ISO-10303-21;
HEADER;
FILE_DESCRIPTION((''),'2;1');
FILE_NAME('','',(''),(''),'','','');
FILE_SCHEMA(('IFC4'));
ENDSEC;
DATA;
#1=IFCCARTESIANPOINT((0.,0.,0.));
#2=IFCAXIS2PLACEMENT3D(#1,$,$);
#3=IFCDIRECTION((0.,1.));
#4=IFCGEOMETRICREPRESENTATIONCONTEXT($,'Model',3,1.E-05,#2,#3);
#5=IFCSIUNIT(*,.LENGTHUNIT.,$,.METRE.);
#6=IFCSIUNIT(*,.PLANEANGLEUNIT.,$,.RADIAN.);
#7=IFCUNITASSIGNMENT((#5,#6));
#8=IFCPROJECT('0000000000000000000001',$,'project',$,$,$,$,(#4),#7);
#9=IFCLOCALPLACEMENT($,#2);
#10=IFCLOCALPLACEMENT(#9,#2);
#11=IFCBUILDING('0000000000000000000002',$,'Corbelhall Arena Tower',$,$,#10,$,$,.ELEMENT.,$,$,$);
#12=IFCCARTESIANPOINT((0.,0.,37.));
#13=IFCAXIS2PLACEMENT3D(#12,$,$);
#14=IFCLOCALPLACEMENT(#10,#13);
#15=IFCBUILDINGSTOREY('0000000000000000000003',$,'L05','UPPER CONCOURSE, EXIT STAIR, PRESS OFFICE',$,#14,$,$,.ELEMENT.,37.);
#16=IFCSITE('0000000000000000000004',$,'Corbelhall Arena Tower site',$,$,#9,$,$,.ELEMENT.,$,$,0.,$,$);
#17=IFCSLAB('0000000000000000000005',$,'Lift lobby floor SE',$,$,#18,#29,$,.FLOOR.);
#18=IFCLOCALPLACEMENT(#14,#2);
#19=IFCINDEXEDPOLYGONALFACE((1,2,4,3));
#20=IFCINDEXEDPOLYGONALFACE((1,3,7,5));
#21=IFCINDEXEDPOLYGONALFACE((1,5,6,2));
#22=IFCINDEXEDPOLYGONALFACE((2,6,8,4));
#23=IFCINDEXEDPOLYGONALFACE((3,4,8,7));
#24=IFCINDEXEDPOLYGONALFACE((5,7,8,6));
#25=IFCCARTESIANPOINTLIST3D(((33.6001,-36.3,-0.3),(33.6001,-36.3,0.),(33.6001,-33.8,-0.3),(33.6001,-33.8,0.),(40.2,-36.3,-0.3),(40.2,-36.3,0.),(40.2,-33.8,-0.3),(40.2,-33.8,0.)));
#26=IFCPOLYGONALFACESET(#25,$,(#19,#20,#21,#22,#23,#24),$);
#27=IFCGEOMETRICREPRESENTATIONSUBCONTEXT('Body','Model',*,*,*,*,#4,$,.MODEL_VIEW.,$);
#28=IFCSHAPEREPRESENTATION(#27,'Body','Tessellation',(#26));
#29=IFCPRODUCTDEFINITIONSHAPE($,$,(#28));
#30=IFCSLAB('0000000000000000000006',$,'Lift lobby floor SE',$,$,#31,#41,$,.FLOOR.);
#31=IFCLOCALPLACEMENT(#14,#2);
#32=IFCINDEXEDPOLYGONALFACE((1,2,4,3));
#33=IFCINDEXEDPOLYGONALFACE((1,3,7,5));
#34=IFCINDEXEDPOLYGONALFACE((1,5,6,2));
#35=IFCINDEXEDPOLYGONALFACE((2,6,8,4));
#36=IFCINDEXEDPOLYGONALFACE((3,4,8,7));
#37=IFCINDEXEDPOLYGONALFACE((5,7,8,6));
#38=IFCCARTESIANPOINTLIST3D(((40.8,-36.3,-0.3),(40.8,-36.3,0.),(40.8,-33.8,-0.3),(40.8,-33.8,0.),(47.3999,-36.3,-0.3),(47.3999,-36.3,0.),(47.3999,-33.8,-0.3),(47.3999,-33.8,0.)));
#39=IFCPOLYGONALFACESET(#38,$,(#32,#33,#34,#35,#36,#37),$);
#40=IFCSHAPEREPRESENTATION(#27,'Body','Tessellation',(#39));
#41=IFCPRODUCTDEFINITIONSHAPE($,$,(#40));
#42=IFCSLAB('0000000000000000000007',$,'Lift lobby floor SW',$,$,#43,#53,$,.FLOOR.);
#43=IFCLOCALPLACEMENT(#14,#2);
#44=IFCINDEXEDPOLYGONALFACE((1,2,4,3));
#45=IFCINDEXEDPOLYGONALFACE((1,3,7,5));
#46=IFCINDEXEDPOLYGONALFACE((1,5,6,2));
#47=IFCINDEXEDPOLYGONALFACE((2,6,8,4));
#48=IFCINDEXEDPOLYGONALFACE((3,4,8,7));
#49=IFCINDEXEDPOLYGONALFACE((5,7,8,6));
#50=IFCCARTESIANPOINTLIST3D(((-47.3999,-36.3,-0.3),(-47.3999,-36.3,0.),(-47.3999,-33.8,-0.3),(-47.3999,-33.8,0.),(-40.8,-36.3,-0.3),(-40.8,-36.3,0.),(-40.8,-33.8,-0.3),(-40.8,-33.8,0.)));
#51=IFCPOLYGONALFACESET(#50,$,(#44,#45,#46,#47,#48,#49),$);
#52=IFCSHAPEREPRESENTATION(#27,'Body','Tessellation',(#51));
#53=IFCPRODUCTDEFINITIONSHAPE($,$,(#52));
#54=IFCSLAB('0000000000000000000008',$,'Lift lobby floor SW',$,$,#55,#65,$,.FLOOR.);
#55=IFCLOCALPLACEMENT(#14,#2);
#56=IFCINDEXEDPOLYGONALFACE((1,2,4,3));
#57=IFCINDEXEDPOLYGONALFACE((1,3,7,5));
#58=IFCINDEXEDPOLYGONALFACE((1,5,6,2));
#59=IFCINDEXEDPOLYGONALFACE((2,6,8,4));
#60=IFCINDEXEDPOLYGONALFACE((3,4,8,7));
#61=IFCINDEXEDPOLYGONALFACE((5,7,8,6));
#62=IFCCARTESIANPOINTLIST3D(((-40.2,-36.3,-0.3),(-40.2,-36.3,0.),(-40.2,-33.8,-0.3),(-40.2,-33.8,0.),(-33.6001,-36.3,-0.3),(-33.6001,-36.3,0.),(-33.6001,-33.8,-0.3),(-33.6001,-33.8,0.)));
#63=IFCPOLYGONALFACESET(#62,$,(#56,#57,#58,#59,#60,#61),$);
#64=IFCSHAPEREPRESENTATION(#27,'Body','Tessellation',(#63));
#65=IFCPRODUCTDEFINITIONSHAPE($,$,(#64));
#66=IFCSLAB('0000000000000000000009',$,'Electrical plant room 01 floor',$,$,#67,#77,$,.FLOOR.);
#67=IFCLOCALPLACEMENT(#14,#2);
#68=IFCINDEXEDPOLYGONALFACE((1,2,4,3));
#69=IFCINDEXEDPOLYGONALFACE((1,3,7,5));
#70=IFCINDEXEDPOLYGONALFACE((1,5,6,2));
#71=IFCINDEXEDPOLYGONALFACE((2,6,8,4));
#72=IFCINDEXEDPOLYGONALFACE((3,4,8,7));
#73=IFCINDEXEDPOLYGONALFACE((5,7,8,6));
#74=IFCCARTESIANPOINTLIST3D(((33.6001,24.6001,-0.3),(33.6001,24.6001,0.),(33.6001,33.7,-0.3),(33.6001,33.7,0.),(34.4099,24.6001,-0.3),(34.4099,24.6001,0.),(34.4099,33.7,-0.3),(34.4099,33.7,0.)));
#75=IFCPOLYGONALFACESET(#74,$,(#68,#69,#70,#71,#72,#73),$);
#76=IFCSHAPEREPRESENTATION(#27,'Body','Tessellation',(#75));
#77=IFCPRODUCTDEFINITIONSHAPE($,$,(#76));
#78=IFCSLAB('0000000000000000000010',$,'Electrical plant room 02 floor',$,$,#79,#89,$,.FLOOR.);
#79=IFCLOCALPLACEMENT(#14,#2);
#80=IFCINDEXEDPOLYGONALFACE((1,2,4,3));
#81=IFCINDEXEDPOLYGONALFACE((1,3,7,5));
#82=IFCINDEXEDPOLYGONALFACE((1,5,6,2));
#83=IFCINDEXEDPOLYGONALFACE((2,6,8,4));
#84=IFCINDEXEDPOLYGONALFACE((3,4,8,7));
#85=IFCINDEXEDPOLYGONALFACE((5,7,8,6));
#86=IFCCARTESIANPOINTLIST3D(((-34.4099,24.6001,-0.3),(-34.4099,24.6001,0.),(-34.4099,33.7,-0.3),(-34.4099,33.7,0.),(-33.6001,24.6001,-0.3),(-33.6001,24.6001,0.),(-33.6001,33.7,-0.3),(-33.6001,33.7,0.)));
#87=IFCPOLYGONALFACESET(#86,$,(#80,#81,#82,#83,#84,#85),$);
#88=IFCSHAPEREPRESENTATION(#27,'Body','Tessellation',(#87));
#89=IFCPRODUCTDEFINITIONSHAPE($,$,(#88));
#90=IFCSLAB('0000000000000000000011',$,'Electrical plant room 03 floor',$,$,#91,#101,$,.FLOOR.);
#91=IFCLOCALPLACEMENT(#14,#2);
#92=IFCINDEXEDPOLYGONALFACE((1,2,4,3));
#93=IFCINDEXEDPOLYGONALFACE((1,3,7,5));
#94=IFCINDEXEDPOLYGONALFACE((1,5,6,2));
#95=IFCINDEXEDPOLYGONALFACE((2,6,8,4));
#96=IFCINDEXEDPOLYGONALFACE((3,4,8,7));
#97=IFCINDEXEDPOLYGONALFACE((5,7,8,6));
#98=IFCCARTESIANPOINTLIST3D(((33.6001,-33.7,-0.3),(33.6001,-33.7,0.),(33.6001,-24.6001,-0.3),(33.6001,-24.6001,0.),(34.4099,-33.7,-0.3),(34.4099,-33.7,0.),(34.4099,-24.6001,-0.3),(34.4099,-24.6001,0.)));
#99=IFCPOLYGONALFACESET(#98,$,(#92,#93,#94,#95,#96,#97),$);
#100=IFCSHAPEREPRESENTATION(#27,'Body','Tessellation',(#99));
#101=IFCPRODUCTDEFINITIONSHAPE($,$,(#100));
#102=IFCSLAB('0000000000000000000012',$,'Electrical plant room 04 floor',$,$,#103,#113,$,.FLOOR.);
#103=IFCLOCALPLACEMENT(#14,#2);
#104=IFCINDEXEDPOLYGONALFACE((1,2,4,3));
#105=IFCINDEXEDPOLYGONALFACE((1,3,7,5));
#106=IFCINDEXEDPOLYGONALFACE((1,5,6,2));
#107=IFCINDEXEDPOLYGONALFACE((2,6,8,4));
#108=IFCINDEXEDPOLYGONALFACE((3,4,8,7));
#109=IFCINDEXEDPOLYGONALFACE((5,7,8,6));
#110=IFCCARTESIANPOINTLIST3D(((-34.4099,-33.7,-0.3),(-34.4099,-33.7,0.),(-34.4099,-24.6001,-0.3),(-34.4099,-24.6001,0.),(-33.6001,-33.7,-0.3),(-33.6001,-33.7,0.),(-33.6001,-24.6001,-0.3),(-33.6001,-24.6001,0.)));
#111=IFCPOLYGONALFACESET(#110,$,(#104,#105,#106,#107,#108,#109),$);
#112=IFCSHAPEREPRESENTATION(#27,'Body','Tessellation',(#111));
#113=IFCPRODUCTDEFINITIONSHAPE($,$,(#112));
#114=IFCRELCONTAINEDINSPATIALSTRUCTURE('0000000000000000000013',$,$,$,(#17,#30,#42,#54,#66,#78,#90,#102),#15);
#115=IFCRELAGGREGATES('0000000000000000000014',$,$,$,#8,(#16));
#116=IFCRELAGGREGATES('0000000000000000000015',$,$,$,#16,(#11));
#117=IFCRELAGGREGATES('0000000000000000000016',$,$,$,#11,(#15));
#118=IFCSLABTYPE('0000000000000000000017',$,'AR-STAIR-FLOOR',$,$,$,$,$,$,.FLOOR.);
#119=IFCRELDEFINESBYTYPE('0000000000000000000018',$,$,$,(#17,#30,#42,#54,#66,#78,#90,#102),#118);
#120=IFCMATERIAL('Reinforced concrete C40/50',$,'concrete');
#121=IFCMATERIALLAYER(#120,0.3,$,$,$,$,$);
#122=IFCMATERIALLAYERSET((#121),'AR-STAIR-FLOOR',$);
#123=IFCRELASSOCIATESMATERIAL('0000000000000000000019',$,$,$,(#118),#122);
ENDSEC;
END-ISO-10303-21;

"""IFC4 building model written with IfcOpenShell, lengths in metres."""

from ifc_helpers import new_model, si_unit, direction, frame, origin, place, context, subcontext, project, spatial, polyline, outline, extrude, material, layer, layer_set, type_object, element, save


model = new_model("IFC4")

# Units and contexts
model_context = context("Model", 3, precision=1e-05, world=origin(), true_north=direction((0.0, 1.0)))
body_context = subcontext(model_context, "Body", "Model", "MODEL_VIEW")
ifc_project = project(units=[si_unit("LENGTHUNIT", "METRE"), si_unit("PLANEANGLEUNIT", "RADIAN")], contexts=[model_context])

# Site, building, storey
site_placement = place(None, origin())
site = spatial("IfcSite", under=ifc_project, at=site_placement, Name="Corbelhall Arena Tower site", CompositionType="ELEMENT", RefElevation=0.0)
building_placement = place(site_placement, origin())
building = spatial("IfcBuilding", under=site, at=building_placement, Name="Corbelhall Arena Tower", CompositionType="ELEMENT")
storey_placement = place(building_placement, frame((0.0, 0.0, 37.0)))
storey = spatial("IfcBuildingStorey", under=building, at=storey_placement, Name="L05", Description="UPPER CONCOURSE, EXIT STAIR, PRESS OFFICE", CompositionType="ELEMENT", Elevation=37.0)

# Shared definitions
ifc_material_1 = material(Name="Reinforced concrete C40/50", Category="concrete")

# Slabs
ifc_layer_1 = layer(ifc_material_1, 0.3)
ifc_layer_set_1 = layer_set([ifc_layer_1], Name="AR-STAIR-FLOOR")
slab_type_1 = type_object("IfcSlabType", Name="AR-STAIR-FLOOR", PredefinedType="FLOOR", material=ifc_layer_set_1)
slab_1_placement = place(storey_placement, frame((0.0, 0.0, -0.3)))
element("IfcSlab", 1, at=slab_1_placement, inside=storey, type_object=slab_type_1, Name="Lift lobby floor SE", PredefinedType="FLOOR", context=body_context, shape_type="SweptSolid", body=[
    extrude(outline(polyline([(40.2, -36.3), (40.2, -33.8), (33.6001, -33.8), (33.6001, -36.3), (40.2, -36.3)])), origin(), (0.0, 0.0, 1.0), 0.3),
])
slab_2_placement = place(storey_placement, frame((0.0, 0.0, -0.3)))
element("IfcSlab", 2, at=slab_2_placement, inside=storey, type_object=slab_type_1, Name="Lift lobby floor SE", PredefinedType="FLOOR", context=body_context, shape_type="SweptSolid", body=[
    extrude(outline(polyline([(47.3999, -36.3), (47.3999, -33.8), (40.8, -33.8), (40.8, -36.3), (47.3999, -36.3)])), origin(), (0.0, 0.0, 1.0), 0.3),
])
slab_3_placement = place(storey_placement, frame((0.0, 0.0, -0.3)))
element("IfcSlab", 3, at=slab_3_placement, inside=storey, type_object=slab_type_1, Name="Lift lobby floor SW", PredefinedType="FLOOR", context=body_context, shape_type="SweptSolid", body=[
    extrude(outline(polyline([(-40.8, -36.3), (-40.8, -33.8), (-47.3999, -33.8), (-47.3999, -36.3), (-40.8, -36.3)])), origin(), (0.0, 0.0, 1.0), 0.3),
])
slab_4_placement = place(storey_placement, frame((0.0, 0.0, -0.3)))
element("IfcSlab", 4, at=slab_4_placement, inside=storey, type_object=slab_type_1, Name="Lift lobby floor SW", PredefinedType="FLOOR", context=body_context, shape_type="SweptSolid", body=[
    extrude(outline(polyline([(-33.6001, -36.3), (-33.6001, -33.8), (-40.2, -33.8), (-40.2, -36.3), (-33.6001, -36.3)])), origin(), (0.0, 0.0, 1.0), 0.3),
])
slab_5_placement = place(storey_placement, frame((0.0, 0.0, -0.3)))
element("IfcSlab", 5, at=slab_5_placement, inside=storey, type_object=slab_type_1, Name="Electrical plant room 01 floor", PredefinedType="FLOOR", context=body_context, shape_type="SweptSolid", body=[
    extrude(outline(polyline([(34.4099, 24.6001), (34.4099, 33.7), (33.6001, 33.7), (33.6001, 24.6001), (34.4099, 24.6001)])), origin(), (0.0, 0.0, 1.0), 0.3),
])
slab_6_placement = place(storey_placement, frame((0.0, 0.0, -0.3)))
element("IfcSlab", 6, at=slab_6_placement, inside=storey, type_object=slab_type_1, Name="Electrical plant room 02 floor", PredefinedType="FLOOR", context=body_context, shape_type="SweptSolid", body=[
    extrude(outline(polyline([(-33.6001, 24.6001), (-33.6001, 33.7), (-34.4099, 33.7), (-34.4099, 24.6001), (-33.6001, 24.6001)])), origin(), (0.0, 0.0, 1.0), 0.3),
])
slab_7_placement = place(storey_placement, frame((0.0, 0.0, -0.3)))
element("IfcSlab", 7, at=slab_7_placement, inside=storey, type_object=slab_type_1, Name="Electrical plant room 03 floor", PredefinedType="FLOOR", context=body_context, shape_type="SweptSolid", body=[
    extrude(outline(polyline([(34.4099, -33.7), (34.4099, -24.6001), (33.6001, -24.6001), (33.6001, -33.7), (34.4099, -33.7)])), origin(), (0.0, 0.0, 1.0), 0.3),
])
slab_8_placement = place(storey_placement, frame((0.0, 0.0, -0.3)))
element("IfcSlab", 8, at=slab_8_placement, inside=storey, type_object=slab_type_1, Name="Electrical plant room 04 floor", PredefinedType="FLOOR", context=body_context, shape_type="SweptSolid", body=[
    extrude(outline(polyline([(-33.6001, -33.7), (-33.6001, -24.6001), (-34.4099, -24.6001), (-34.4099, -33.7), (-33.6001, -33.7)])), origin(), (0.0, 0.0, 1.0), 0.3),
])

save(model, "model.ifc")
